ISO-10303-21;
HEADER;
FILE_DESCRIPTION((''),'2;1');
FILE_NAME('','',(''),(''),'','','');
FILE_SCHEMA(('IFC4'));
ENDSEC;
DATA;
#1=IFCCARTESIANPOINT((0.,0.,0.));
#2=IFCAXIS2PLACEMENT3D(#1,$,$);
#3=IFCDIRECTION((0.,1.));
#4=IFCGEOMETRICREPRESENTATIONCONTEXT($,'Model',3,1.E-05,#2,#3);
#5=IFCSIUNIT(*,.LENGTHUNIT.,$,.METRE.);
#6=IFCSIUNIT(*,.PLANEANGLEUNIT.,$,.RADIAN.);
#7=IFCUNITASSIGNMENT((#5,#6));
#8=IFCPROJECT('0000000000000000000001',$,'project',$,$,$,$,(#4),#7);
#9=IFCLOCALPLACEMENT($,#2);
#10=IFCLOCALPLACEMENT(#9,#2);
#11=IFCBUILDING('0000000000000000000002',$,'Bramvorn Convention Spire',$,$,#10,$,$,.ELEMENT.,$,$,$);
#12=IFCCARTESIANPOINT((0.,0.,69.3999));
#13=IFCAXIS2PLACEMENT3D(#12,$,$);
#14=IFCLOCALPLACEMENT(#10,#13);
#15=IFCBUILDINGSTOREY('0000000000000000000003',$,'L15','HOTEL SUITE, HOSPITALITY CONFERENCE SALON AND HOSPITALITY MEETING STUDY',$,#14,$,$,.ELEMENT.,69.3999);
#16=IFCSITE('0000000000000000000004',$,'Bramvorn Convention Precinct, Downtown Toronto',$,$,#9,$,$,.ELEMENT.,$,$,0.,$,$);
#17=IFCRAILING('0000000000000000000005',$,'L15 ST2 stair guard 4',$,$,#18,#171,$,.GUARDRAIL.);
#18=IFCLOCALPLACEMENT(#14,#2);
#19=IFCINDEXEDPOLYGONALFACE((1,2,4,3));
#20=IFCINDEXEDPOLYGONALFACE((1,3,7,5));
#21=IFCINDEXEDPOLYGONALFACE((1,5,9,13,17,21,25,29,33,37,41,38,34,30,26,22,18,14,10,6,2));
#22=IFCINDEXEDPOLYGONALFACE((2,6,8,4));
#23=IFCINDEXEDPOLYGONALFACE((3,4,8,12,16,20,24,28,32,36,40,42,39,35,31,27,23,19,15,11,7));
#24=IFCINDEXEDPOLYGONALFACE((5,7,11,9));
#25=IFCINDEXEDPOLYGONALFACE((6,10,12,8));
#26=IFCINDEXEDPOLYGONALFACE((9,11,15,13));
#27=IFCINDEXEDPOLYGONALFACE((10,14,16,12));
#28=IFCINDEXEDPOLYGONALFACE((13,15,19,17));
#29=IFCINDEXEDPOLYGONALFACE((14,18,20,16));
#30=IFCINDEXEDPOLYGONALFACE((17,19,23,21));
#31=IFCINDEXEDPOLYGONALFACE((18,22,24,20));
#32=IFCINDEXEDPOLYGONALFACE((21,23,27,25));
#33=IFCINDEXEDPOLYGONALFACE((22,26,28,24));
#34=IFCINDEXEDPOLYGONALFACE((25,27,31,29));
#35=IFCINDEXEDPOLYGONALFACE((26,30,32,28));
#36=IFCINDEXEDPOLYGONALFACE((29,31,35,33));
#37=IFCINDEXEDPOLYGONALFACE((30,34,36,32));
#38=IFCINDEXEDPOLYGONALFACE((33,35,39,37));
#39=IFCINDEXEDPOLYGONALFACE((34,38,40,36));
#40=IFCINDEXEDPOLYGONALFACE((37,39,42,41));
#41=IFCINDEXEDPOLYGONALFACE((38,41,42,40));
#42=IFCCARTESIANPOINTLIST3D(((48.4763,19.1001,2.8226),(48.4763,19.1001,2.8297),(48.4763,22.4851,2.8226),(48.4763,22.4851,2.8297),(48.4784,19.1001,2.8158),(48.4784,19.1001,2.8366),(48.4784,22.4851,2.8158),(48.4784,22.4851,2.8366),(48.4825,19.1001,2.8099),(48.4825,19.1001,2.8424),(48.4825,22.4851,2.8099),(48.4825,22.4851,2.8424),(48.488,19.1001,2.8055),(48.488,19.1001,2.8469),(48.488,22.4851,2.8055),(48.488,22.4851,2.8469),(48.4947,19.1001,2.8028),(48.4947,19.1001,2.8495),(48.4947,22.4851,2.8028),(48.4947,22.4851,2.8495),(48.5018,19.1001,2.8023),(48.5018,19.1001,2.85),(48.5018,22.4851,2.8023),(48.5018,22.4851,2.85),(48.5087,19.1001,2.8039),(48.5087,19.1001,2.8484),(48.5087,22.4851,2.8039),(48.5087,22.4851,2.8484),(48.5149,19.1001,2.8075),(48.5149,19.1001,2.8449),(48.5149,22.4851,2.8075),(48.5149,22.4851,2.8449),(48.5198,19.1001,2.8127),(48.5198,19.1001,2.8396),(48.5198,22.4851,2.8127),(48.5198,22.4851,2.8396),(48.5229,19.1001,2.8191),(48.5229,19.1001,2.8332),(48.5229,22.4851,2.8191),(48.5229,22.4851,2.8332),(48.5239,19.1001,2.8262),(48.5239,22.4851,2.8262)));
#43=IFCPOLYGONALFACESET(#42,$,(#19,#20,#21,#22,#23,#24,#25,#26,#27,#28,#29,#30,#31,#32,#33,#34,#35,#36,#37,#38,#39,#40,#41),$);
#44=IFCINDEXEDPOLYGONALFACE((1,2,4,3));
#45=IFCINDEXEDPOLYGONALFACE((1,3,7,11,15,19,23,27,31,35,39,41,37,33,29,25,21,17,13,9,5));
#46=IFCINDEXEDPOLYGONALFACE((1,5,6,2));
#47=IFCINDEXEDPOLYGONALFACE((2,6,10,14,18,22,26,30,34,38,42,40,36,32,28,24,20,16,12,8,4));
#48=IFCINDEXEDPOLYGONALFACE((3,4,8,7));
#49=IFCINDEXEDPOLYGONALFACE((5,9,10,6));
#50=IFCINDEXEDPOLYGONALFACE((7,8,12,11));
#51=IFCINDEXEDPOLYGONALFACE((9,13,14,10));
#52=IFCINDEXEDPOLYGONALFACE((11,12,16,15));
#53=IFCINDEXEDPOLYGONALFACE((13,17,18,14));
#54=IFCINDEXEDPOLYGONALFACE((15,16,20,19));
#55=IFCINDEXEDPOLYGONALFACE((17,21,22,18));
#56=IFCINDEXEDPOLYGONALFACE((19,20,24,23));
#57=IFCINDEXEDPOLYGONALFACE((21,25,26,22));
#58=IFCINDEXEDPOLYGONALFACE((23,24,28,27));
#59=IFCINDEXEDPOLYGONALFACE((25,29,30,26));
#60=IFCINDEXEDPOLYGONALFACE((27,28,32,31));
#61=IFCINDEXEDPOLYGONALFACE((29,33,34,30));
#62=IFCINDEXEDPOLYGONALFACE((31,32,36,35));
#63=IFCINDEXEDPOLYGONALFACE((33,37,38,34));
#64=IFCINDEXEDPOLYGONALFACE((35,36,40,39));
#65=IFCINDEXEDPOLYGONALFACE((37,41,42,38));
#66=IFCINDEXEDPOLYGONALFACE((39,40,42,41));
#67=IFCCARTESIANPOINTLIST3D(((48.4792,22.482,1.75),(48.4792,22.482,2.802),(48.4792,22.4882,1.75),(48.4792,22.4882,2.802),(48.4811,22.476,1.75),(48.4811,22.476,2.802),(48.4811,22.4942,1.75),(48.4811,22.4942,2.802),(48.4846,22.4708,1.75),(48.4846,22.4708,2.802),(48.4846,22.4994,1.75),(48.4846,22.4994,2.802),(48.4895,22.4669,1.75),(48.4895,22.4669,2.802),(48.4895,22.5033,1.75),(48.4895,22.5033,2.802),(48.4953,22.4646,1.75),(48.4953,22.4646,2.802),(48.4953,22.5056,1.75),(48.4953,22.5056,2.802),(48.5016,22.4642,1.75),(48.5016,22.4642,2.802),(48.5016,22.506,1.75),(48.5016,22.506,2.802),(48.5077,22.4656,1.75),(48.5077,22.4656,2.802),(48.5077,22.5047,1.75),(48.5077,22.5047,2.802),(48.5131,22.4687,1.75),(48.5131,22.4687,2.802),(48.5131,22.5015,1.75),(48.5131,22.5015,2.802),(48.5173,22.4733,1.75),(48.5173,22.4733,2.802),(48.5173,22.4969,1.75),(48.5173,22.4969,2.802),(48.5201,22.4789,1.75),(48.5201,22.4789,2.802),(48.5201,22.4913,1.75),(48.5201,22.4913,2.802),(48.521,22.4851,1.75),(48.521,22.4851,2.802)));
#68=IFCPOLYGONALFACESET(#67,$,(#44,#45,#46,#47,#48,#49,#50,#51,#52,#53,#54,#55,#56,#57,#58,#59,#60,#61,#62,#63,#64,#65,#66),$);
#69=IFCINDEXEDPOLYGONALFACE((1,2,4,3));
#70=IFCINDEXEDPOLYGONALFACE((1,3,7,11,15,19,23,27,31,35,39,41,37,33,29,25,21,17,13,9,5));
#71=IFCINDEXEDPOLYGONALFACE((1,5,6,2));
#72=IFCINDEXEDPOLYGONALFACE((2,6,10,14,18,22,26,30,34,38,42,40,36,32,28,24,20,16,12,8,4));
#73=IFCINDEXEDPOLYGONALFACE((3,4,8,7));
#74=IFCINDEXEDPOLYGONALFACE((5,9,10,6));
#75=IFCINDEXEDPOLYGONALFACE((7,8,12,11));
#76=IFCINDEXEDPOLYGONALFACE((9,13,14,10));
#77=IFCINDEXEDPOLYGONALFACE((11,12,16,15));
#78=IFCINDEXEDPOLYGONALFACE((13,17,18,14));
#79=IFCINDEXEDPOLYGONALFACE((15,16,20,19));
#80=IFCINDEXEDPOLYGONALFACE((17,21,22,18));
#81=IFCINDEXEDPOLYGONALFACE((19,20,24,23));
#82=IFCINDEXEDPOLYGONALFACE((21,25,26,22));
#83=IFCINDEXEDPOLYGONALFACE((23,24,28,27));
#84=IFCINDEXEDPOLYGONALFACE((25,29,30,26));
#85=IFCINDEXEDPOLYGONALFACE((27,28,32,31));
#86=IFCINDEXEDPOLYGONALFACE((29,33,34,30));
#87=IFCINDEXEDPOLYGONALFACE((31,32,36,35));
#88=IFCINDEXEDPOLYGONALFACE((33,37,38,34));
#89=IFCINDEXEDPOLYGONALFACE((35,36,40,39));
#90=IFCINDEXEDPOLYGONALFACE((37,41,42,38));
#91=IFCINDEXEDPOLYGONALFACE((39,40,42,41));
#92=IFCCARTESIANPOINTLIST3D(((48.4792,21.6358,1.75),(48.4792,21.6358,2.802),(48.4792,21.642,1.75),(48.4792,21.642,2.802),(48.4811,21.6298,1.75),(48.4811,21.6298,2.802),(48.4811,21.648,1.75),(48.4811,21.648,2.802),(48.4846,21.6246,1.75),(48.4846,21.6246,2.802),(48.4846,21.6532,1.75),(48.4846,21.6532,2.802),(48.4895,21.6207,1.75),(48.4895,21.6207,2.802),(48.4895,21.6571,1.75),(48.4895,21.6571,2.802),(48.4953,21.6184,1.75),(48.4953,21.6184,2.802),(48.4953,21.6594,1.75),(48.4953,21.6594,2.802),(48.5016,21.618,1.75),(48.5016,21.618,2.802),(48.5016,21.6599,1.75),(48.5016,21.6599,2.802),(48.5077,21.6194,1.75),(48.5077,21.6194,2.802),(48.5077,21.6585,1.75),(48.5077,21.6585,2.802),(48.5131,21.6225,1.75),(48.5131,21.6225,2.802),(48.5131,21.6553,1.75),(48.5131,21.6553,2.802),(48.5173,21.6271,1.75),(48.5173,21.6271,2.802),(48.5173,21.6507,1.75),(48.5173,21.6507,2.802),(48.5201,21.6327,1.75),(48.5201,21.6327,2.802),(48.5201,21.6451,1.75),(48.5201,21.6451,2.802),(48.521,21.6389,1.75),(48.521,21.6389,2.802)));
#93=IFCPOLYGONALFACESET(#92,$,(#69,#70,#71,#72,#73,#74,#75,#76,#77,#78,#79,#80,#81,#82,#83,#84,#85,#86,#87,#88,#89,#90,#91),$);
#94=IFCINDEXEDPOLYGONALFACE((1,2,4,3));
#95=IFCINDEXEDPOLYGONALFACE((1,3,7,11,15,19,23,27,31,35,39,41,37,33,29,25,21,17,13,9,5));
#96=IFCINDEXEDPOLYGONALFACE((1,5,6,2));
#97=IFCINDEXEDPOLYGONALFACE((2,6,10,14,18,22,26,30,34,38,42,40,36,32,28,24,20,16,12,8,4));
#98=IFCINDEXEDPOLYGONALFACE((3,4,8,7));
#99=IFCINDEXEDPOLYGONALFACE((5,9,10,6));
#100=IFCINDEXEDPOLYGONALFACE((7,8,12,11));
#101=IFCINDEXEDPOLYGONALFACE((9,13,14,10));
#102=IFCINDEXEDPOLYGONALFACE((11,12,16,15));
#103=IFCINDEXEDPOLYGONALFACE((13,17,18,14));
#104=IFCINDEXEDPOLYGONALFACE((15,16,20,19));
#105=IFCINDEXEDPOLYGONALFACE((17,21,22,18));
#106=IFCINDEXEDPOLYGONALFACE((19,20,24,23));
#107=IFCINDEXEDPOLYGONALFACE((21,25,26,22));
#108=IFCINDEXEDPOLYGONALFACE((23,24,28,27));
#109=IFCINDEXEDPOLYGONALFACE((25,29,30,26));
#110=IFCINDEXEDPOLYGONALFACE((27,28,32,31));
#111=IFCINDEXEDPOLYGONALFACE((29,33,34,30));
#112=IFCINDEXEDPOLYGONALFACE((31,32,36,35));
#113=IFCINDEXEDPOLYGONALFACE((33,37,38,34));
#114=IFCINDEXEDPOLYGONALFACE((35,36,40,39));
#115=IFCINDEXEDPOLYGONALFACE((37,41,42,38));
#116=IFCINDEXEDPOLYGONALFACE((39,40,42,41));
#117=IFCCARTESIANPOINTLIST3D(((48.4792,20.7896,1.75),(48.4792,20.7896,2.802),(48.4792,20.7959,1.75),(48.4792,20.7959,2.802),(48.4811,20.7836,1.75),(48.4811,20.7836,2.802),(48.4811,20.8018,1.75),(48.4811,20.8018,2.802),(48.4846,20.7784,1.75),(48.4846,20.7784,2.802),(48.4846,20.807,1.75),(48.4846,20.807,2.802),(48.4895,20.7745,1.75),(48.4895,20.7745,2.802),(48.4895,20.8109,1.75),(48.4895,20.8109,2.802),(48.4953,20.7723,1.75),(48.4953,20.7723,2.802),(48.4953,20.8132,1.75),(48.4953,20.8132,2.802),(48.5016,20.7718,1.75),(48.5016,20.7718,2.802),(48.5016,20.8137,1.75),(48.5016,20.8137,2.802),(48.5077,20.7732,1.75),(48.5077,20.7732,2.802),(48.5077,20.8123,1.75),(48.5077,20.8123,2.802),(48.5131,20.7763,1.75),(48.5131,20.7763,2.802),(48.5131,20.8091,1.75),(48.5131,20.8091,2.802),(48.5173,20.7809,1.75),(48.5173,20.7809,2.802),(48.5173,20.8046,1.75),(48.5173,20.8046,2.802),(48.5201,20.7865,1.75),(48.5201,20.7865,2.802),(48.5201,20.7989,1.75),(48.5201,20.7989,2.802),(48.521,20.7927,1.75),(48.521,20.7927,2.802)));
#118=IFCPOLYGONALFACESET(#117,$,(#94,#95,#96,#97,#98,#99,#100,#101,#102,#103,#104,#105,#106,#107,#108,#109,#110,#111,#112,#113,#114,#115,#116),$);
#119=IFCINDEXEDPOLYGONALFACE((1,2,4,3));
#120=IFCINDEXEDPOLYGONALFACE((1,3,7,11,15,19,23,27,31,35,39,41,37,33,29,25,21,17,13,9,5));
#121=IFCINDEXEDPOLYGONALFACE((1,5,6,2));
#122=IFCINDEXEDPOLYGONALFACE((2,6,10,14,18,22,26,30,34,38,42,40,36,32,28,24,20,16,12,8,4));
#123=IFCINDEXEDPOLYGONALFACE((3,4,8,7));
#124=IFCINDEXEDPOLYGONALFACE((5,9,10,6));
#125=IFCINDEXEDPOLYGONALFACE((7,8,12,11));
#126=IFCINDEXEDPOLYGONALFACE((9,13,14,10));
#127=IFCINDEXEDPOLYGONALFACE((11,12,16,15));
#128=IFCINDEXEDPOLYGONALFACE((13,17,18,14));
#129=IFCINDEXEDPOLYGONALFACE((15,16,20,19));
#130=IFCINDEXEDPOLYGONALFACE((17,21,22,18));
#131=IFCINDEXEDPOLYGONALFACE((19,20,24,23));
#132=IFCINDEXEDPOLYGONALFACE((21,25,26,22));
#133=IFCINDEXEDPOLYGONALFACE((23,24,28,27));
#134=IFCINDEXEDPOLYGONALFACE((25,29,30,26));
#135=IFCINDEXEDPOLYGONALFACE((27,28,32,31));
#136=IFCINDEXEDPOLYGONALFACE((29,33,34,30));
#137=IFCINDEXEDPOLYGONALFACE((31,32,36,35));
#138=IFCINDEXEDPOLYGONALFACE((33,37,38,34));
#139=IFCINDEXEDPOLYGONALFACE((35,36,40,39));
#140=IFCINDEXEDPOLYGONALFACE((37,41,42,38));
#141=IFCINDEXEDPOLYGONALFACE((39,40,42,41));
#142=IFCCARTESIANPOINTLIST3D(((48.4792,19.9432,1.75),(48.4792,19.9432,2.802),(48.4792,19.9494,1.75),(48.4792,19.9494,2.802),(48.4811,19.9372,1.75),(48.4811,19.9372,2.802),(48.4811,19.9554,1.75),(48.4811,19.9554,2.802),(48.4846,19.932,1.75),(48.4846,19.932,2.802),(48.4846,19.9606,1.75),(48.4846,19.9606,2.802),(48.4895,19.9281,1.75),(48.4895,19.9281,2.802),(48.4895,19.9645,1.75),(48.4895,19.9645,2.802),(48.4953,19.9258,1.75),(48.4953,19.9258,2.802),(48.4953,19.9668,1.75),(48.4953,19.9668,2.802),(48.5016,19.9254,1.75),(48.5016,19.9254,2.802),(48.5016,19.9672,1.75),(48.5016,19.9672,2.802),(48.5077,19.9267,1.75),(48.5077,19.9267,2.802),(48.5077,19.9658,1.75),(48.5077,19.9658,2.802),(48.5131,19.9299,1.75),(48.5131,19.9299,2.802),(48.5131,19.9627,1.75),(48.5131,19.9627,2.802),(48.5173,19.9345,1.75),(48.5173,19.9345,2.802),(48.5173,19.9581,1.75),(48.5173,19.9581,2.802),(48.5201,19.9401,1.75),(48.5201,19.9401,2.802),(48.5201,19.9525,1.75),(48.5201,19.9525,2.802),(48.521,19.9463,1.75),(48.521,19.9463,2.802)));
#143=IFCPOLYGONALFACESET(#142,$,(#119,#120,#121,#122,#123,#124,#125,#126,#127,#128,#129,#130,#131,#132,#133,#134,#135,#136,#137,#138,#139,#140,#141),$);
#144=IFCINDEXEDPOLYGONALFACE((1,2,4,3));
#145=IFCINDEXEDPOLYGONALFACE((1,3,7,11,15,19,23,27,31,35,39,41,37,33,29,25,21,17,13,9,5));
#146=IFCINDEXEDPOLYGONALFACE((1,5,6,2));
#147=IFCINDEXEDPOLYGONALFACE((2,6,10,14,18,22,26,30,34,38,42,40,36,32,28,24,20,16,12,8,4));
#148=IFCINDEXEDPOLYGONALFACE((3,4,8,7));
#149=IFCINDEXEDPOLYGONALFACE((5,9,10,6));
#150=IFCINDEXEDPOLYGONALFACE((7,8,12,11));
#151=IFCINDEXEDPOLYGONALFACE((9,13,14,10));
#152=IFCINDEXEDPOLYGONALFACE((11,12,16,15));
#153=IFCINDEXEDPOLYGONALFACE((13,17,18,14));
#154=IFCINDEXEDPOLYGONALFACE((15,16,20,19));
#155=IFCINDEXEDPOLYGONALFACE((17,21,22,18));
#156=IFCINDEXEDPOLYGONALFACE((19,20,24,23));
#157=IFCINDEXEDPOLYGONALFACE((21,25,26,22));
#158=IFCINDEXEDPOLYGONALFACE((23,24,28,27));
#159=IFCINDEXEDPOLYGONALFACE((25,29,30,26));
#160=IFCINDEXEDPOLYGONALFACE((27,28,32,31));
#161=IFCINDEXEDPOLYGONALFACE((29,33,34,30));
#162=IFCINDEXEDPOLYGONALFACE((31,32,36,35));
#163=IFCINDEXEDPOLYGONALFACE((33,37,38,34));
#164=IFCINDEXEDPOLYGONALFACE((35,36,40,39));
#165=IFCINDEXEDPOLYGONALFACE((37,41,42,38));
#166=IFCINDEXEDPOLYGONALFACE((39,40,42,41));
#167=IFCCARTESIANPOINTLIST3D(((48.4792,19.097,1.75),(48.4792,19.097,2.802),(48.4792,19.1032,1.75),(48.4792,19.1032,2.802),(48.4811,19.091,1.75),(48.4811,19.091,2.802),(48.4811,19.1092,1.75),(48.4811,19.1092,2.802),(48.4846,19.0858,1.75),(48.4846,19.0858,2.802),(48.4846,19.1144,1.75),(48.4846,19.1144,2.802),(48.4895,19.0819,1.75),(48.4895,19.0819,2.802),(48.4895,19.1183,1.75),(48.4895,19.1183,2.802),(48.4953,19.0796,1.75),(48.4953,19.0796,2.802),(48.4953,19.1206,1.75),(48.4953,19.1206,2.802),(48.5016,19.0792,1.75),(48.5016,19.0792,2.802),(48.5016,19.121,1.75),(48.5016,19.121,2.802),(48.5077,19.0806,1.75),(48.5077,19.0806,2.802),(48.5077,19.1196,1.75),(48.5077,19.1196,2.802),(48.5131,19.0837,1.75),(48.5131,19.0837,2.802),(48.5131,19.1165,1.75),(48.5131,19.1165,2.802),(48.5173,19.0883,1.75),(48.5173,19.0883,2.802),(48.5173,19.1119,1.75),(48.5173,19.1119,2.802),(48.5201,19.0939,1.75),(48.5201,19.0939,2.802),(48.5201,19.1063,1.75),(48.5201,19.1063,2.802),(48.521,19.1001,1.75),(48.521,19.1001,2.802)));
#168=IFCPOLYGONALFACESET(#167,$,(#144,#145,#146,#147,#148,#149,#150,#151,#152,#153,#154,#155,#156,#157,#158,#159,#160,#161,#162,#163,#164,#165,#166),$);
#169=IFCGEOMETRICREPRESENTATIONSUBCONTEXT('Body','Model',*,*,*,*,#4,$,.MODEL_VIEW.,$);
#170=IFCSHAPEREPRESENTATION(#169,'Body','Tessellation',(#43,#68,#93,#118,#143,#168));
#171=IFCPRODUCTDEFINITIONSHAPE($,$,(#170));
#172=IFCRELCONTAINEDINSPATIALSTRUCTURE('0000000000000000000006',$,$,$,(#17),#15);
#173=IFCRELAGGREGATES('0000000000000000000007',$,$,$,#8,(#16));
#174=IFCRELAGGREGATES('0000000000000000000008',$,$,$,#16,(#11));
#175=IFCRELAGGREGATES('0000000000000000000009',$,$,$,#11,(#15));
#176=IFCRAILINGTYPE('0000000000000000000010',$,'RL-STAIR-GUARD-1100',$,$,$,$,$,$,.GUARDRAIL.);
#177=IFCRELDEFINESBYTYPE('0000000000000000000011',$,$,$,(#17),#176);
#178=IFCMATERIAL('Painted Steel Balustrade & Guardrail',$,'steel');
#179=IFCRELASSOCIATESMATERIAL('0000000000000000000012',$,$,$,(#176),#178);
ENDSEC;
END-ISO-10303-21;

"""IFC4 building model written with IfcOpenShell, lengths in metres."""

from ifc_helpers import new_model, si_unit, direction, frame, origin, origin_2d, place, context, subcontext, project, spatial, circle, extrude, material, type_object, element, save


model = new_model("IFC4")

# Units and contexts
model_context = context("Model", 3, precision=1e-05, world=origin(), true_north=direction((0.0, 1.0)))
body_context = subcontext(model_context, "Body", "Model", "MODEL_VIEW")
ifc_project = project(units=[si_unit("LENGTHUNIT", "METRE"), si_unit("PLANEANGLEUNIT", "RADIAN")], contexts=[model_context])

# Site, building, storey
site_placement = place(None, origin())
site = spatial("IfcSite", under=ifc_project, at=site_placement, Name="Bramvorn Convention Precinct, Downtown Toronto", CompositionType="ELEMENT", RefElevation=0.0)
building_placement = place(site_placement, origin())
building = spatial("IfcBuilding", under=site, at=building_placement, Name="Bramvorn Convention Spire", CompositionType="ELEMENT")
storey_placement = place(building_placement, frame((0.0, 0.0, 69.3999)))
storey = spatial("IfcBuildingStorey", under=building, at=storey_placement, Name="L15", Description="HOTEL SUITE, HOSPITALITY CONFERENCE SALON AND HOSPITALITY MEETING STUDY", CompositionType="ELEMENT", Elevation=69.3999)

# Railing
ifc_material_1 = material(Name="Painted Steel Balustrade & Guardrail", Category="steel")
railing_type_1 = type_object("IfcRailingType", Name="RL-STAIR-GUARD-1100", PredefinedType="GUARDRAIL", material=ifc_material_1)
railing_1_placement = place(storey_placement, frame((48.5, 22.4851, 1.75)))
element("IfcRailing", 1, at=railing_1_placement, inside=storey, type_object=railing_type_1, Name="L15 ST2 stair guard 4", PredefinedType="GUARDRAIL", context=body_context, shape_type="SweptSolid", body=[
    extrude(circle(Radius=0.0239, at=origin_2d()), frame((0.0, 0.0, 1.0762), z_axis=(0.0, -1.0, 0.0), x_axis=(1.0, 0.0, 0.0)), (0.0, 0.0, 1.0), 3.385),
    extrude(circle(Radius=0.021, at=origin_2d()), origin(), (0.0, 0.0, 1.0), 1.052),
    extrude(circle(Radius=0.021, at=origin_2d()), frame((0.0, -0.8462, 0.0)), (0.0, 0.0, 1.0), 1.052),
    extrude(circle(Radius=0.021, at=origin_2d()), frame((0.0, -1.6924, 0.0)), (0.0, 0.0, 1.0), 1.052),
    extrude(circle(Radius=0.021, at=origin_2d()), frame((0.0, -2.5388, 0.0)), (0.0, 0.0, 1.0), 1.052),
    extrude(circle(Radius=0.021, at=origin_2d()), frame((0.0, -3.385, 0.0)), (0.0, 0.0, 1.0), 1.052),
])

save(model, "model.ifc")
